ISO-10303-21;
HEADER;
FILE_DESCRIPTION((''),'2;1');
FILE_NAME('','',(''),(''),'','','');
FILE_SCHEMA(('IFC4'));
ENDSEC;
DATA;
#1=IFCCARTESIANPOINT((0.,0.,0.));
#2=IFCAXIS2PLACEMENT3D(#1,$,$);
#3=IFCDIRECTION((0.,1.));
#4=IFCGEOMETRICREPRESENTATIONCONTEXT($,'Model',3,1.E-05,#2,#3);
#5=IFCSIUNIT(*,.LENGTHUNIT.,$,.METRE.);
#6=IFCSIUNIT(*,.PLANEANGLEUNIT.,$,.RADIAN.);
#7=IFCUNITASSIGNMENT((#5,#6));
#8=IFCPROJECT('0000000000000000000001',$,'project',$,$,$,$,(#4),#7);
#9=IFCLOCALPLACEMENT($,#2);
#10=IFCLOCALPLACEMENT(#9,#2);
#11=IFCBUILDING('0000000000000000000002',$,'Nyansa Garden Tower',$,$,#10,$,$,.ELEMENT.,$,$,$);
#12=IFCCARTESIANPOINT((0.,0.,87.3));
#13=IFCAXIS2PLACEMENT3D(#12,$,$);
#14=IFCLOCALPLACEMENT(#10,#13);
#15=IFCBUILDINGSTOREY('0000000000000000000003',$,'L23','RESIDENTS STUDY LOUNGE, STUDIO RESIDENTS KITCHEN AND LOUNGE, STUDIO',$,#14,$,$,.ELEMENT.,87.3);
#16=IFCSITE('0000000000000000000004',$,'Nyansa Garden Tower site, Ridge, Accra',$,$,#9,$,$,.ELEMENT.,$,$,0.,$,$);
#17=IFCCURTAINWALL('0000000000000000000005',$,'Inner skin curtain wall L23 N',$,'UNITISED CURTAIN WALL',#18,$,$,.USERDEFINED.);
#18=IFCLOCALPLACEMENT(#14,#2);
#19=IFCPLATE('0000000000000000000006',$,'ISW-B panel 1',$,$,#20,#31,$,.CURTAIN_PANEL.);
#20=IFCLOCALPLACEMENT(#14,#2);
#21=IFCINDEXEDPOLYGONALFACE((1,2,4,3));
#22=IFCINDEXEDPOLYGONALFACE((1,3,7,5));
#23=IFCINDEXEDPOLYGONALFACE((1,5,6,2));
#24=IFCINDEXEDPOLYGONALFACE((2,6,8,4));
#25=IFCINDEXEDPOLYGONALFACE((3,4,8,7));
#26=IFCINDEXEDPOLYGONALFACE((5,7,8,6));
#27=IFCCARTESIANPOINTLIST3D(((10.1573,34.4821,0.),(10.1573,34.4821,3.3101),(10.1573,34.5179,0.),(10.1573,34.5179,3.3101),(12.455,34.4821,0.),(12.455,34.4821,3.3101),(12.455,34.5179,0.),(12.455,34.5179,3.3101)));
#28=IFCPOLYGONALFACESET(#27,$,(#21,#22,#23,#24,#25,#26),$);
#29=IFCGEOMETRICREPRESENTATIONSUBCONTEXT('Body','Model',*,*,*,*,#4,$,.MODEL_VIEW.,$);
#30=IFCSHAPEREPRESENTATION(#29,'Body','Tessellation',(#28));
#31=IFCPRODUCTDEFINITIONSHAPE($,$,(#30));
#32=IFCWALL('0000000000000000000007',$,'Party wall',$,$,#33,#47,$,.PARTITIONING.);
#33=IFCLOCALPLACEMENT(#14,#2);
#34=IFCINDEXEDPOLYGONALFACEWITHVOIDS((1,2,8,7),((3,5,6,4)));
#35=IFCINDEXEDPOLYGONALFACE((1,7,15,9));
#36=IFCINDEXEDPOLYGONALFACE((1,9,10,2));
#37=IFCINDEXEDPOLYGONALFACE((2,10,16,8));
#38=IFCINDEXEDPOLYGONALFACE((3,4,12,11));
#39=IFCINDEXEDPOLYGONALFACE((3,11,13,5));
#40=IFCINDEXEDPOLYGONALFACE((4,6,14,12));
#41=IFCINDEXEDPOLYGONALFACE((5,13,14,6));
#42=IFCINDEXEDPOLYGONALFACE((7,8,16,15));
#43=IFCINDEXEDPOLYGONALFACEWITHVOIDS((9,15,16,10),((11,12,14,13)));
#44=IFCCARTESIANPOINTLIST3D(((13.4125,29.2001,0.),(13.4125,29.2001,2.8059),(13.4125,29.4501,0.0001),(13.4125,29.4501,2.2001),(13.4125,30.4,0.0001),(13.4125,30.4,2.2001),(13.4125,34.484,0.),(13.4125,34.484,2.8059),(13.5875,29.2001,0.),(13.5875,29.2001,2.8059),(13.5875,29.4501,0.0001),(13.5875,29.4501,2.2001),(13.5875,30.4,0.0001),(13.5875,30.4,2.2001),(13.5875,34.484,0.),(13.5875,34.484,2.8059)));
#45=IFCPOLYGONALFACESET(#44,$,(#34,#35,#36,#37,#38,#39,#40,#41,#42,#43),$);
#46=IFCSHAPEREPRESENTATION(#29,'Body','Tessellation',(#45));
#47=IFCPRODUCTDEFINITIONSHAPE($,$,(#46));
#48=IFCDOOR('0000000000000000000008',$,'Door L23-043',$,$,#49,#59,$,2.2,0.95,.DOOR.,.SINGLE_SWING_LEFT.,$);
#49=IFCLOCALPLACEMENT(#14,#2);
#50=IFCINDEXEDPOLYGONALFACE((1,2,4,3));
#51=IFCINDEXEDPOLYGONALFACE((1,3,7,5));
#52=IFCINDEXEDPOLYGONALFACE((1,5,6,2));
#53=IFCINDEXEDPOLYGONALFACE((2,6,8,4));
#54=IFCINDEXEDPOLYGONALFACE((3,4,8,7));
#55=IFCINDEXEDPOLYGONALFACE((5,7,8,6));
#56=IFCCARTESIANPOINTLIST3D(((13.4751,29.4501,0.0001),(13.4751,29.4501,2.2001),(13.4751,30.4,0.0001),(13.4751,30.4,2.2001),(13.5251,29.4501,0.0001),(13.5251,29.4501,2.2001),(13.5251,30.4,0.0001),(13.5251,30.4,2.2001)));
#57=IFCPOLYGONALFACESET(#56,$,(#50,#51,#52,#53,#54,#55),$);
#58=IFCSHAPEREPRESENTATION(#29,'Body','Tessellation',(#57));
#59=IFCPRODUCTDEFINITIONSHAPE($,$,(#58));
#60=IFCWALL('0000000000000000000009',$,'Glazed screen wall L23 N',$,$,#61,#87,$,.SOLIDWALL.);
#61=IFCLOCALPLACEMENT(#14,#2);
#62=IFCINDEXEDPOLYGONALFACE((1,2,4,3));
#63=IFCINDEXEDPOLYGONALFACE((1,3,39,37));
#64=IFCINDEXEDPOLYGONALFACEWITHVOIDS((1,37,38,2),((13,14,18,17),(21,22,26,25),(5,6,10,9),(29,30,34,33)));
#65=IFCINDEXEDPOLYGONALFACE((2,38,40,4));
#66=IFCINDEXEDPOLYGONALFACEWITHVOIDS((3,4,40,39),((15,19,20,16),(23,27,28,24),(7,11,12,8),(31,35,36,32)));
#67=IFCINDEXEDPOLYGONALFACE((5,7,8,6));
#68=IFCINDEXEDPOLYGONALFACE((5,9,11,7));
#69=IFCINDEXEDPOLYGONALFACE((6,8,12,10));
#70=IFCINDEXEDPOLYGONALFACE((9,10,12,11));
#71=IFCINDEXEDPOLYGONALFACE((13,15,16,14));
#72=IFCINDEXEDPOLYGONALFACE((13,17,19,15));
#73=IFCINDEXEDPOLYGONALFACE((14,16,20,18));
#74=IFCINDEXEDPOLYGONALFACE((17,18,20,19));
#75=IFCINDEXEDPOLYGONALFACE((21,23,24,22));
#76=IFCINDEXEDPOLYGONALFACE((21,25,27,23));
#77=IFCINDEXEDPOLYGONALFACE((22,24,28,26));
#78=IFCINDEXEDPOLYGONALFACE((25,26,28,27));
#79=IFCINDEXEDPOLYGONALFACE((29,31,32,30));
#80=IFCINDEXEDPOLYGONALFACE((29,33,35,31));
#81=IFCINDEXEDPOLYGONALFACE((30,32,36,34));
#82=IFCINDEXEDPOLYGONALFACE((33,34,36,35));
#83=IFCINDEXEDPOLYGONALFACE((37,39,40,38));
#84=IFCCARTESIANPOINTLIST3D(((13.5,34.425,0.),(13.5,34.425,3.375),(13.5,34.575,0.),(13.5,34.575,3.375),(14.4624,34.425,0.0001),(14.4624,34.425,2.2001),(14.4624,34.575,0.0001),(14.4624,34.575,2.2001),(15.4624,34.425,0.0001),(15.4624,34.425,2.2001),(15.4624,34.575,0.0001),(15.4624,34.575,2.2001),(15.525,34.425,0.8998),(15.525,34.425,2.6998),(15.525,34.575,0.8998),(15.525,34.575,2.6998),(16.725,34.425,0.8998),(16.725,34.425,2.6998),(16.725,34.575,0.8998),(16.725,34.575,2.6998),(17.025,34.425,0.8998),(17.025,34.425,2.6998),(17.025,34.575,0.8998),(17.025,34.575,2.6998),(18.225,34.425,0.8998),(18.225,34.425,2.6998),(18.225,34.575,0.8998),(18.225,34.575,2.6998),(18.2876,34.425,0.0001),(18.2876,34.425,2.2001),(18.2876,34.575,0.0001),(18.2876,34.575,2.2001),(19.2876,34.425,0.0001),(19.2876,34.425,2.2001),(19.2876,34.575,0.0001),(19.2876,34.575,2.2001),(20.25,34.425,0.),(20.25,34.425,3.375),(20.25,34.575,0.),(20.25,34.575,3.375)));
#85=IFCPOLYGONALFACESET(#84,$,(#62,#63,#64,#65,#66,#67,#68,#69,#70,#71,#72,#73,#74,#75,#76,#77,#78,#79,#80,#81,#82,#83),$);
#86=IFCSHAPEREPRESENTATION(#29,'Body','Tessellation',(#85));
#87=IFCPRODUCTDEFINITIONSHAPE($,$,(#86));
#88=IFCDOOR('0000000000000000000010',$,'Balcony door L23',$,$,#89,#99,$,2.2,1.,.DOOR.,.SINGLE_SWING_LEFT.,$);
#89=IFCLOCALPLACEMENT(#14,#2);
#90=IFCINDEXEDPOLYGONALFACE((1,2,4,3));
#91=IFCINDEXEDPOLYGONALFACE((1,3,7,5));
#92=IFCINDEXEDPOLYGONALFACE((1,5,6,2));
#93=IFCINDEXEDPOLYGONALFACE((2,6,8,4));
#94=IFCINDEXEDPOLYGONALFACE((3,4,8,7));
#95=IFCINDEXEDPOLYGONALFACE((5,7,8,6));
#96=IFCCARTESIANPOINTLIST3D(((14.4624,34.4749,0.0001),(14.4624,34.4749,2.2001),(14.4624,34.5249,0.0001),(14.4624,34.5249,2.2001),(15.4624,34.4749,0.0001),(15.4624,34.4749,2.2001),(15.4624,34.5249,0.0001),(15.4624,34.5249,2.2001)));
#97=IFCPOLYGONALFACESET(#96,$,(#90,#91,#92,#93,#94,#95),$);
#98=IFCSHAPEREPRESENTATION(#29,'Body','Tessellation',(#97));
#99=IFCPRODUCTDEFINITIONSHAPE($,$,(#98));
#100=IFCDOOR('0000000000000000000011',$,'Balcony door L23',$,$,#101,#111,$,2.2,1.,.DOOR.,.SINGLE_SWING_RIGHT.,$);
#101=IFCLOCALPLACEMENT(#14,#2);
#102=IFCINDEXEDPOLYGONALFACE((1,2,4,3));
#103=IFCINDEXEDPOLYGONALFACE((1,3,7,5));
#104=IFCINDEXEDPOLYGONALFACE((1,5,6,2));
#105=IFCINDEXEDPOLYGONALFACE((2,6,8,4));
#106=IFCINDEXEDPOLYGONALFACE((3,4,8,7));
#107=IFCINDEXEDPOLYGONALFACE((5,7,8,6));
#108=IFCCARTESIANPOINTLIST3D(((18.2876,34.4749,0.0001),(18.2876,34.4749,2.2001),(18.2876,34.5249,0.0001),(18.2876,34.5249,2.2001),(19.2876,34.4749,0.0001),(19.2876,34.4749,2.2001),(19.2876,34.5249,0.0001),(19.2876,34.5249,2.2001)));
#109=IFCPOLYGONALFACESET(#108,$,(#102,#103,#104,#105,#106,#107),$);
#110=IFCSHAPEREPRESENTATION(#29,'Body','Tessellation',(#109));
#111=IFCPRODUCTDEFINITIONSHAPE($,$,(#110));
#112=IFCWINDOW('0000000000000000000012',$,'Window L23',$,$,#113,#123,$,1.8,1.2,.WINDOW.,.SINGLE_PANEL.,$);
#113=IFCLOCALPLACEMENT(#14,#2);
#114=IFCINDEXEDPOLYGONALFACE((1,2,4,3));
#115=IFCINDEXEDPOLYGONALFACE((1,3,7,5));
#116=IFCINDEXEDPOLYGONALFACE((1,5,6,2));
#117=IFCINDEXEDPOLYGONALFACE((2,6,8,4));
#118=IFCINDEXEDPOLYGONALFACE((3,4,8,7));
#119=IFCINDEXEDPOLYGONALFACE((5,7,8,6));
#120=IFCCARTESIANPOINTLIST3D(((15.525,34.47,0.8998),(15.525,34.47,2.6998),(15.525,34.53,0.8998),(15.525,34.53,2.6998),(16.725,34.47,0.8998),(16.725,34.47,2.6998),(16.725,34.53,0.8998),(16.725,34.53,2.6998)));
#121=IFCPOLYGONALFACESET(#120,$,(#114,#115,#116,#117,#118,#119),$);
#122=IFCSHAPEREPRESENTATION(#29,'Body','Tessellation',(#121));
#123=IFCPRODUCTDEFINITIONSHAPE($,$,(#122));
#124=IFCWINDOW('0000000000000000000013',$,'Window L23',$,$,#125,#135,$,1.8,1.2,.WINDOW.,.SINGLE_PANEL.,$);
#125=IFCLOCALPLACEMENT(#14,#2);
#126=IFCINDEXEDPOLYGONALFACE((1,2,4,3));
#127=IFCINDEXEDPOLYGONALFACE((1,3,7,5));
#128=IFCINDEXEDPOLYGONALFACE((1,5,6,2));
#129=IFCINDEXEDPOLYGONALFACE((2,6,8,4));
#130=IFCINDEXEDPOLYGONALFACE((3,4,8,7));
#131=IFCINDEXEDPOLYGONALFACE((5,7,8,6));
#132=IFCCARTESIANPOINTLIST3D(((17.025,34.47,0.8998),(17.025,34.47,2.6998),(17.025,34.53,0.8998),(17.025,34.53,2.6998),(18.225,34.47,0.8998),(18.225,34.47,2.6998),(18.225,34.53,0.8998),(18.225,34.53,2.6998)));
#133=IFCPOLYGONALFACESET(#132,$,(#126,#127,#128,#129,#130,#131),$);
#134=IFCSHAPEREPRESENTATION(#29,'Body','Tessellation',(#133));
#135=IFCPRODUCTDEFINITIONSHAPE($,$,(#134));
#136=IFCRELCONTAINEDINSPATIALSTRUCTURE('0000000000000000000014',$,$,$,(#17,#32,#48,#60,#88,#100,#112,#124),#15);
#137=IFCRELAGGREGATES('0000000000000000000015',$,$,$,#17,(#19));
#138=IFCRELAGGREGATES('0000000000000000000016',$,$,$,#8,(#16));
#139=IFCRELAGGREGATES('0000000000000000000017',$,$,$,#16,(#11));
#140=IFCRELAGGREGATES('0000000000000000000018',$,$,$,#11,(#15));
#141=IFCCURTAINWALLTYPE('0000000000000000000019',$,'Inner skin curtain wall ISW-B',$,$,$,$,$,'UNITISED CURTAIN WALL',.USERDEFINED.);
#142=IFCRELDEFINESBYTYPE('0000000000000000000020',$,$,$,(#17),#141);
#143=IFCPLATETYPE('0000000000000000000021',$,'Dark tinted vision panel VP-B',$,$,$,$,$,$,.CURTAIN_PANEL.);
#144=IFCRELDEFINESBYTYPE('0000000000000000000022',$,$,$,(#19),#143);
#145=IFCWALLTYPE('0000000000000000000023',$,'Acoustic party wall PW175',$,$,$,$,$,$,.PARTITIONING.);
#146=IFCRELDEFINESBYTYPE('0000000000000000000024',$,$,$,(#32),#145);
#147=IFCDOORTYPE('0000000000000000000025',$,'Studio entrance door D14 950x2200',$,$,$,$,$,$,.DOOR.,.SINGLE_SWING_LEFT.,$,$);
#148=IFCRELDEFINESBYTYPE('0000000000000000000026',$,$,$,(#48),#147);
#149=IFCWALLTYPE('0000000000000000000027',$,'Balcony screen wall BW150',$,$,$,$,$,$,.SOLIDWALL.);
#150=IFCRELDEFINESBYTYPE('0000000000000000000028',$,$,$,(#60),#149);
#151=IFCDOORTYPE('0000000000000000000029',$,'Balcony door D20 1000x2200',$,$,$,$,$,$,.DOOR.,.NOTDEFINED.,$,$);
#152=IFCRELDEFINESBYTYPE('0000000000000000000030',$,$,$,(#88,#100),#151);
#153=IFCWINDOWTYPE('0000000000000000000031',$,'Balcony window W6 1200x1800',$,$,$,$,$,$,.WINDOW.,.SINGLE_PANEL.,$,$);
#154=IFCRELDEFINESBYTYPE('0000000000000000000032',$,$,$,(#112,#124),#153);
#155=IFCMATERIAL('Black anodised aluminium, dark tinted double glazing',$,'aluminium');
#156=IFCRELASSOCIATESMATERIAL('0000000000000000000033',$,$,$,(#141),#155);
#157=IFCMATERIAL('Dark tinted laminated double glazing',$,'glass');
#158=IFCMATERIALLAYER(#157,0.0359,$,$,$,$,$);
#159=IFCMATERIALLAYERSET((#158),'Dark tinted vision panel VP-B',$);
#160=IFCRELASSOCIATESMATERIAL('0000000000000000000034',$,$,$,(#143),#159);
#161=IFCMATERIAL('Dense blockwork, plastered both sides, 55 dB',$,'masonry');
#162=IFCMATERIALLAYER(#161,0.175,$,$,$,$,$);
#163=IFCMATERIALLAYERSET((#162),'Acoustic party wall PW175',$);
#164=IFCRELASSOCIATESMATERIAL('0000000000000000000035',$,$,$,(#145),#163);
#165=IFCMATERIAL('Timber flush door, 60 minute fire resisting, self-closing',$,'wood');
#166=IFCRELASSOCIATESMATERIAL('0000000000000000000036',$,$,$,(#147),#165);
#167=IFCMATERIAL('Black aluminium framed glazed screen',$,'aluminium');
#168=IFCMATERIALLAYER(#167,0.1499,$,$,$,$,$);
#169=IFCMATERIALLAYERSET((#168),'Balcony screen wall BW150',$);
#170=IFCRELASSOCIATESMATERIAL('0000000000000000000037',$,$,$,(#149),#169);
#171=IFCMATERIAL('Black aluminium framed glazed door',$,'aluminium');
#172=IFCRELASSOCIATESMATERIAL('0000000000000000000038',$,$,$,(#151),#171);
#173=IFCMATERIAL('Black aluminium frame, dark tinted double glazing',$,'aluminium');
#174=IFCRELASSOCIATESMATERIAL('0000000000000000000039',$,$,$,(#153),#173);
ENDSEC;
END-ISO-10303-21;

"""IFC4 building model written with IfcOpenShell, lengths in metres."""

from ifc_helpers import new_model, si_unit, direction, frame, frame_2d, origin, origin_2d, place, context, subcontext, project, spatial, rectangle, extrude, material, layer, layer_set, type_object, element, fill, aggregate, save


model = new_model("IFC4")

# Units and contexts
model_context = context("Model", 3, precision=1e-05, world=origin(), true_north=direction((0.0, 1.0)))
body_context = subcontext(model_context, "Body", "Model", "MODEL_VIEW")
ifc_project = project(units=[si_unit("LENGTHUNIT", "METRE"), si_unit("PLANEANGLEUNIT", "RADIAN")], contexts=[model_context])

# Site, building, storey
site_placement = place(None, origin())
site = spatial("IfcSite", under=ifc_project, at=site_placement, Name="Nyansa Garden Tower site, Ridge, Accra", CompositionType="ELEMENT", RefElevation=0.0)
building_placement = place(site_placement, origin())
building = spatial("IfcBuilding", under=site, at=building_placement, Name="Nyansa Garden Tower", CompositionType="ELEMENT")
storey_placement = place(building_placement, frame((0.0, 0.0, 87.3)))
storey = spatial("IfcBuildingStorey", under=building, at=storey_placement, Name="L23", Description="RESIDENTS STUDY LOUNGE, STUDIO RESIDENTS KITCHEN AND LOUNGE, STUDIO", CompositionType="ELEMENT", Elevation=87.3)

# Curtain wall
ifc_material_1 = material(Name="Black anodised aluminium, dark tinted double glazing", Category="aluminium")
curtain_wall_type = type_object("IfcCurtainWallType", Name="Inner skin curtain wall ISW-B", ElementType="UNITISED CURTAIN WALL", PredefinedType="USERDEFINED", material=ifc_material_1)
curtain_wall_placement = place(storey_placement, origin())
curtain_wall = element("IfcCurtainWall", 1, at=curtain_wall_placement, inside=storey, type_object=curtain_wall_type, Name="Inner skin curtain wall L23 N", ObjectType="UNITISED CURTAIN WALL", PredefinedType="USERDEFINED")

# Plate
ifc_material_2 = material(Name="Dark tinted laminated double glazing", Category="glass")
ifc_layer_1 = layer(ifc_material_2, 0.0359)
ifc_layer_set_1 = layer_set([ifc_layer_1], Name="Dark tinted vision panel VP-B")
plate_type = type_object("IfcPlateType", Name="Dark tinted vision panel VP-B", PredefinedType="CURTAIN_PANEL", material=ifc_layer_set_1)
plate_placement = place(storey_placement, frame((11.3062, 34.5, 0.0), z_axis=(0.0, 0.0, 1.0), x_axis=(-1.0, 0.0, 0.0)))
plate = element("IfcPlate", 2, at=plate_placement, type_object=plate_type, Name="ISW-B panel 1", PredefinedType="CURTAIN_PANEL", context=body_context, shape_type="SweptSolid", body=[
    extrude(rectangle(XDim=2.2976, YDim=0.0359, at=origin_2d()), origin(), (0.0, 0.0, 1.0), 3.3101),
])
aggregate(curtain_wall, [plate])

# Wall, opening, door
ifc_material_3 = material(Name="Dense blockwork, plastered both sides, 55 dB", Category="masonry")
ifc_layer_2 = layer(ifc_material_3, 0.175)
ifc_layer_set_2 = layer_set([ifc_layer_2], Name="Acoustic party wall PW175")
wall_type_1 = type_object("IfcWallType", Name="Acoustic party wall PW175", PredefinedType="PARTITIONING", material=ifc_layer_set_2)
wall_1_placement = place(storey_placement, frame((13.5, 29.2, 0.0), z_axis=(0.0, 0.0, 1.0), x_axis=(0.0, 1.0, 0.0)))
wall_1 = element("IfcWall", 3, at=wall_1_placement, inside=storey, type_object=wall_type_1, Name="Party wall", PredefinedType="PARTITIONING", context=body_context, shape_type="SweptSolid", body=[
    extrude(rectangle(XDim=5.2839, YDim=0.175, at=frame_2d((2.6421, 0.0))), origin(), (0.0, 0.0, 1.0), 2.8059),
])
opening_1_placement = place(wall_1_placement, frame((0.25, 0.0, 0.0)))
opening_1 = element("IfcOpeningElement", 4, at=opening_1_placement, cuts=wall_1, PredefinedType="OPENING", context=body_context, shape_type="SweptSolid", body=[
    extrude(rectangle(XDim=0.95, YDim=2.2, at=frame_2d((0.4751, 1.1001))), frame((0.0, 0.0974, 0.0), z_axis=(0.0, -1.0, 0.0), x_axis=(1.0, 0.0, 0.0)), (0.0, 0.0, 1.0), 0.1951),
])
ifc_material_4 = material(Name="Timber flush door, 60 minute fire resisting, self-closing", Category="wood")
door_type_1 = type_object("IfcDoorType", Name="Studio entrance door D14 950x2200", OperationType="SINGLE_SWING_LEFT", PredefinedType="DOOR", material=ifc_material_4)
door_1_placement = place(opening_1_placement, origin())
door_1 = element("IfcDoor", 5, at=door_1_placement, inside=storey, type_object=door_type_1, Name="Door L23-043", OperationType="SINGLE_SWING_LEFT", OverallHeight=2.2, OverallWidth=0.95, PredefinedType="DOOR", context=body_context, shape_type="SweptSolid", body=[
    extrude(rectangle(XDim=0.95, YDim=2.2, at=frame_2d((0.4751, 1.1001))), frame((0.0, 0.0249, 0.0), z_axis=(0.0, -1.0, 0.0), x_axis=(1.0, 0.0, 0.0)), (0.0, 0.0, 1.0), 0.05),
])
fill(opening_1, door_1)

# Wall, openings, doors, windows
ifc_material_5 = material(Name="Black aluminium framed glazed screen", Category="aluminium")
ifc_layer_3 = layer(ifc_material_5, 0.1499)
ifc_layer_set_3 = layer_set([ifc_layer_3], Name="Balcony screen wall BW150")
wall_type_2 = type_object("IfcWallType", Name="Balcony screen wall BW150", PredefinedType="SOLIDWALL", material=ifc_layer_set_3)
wall_2_placement = place(storey_placement, frame((13.5, 34.5, 0.0), z_axis=(0.0, 0.0, 1.0), x_axis=(1.0, 0.0, 0.0)))
wall_2 = element("IfcWall", 6, at=wall_2_placement, inside=storey, type_object=wall_type_2, Name="Glazed screen wall L23 N", PredefinedType="SOLIDWALL", context=body_context, shape_type="SweptSolid", body=[
    extrude(rectangle(XDim=6.75, YDim=0.1499, at=frame_2d((3.375, 0.0))), origin(), (0.0, 0.0, 1.0), 3.375),
])
opening_2_placement = place(wall_2_placement, frame((0.9624, 0.0, 0.0)))
opening_2 = element("IfcOpeningElement", 7, at=opening_2_placement, cuts=wall_2, PredefinedType="OPENING", context=body_context, shape_type="SweptSolid", body=[
    extrude(rectangle(XDim=1.0, YDim=2.2, at=frame_2d((0.5, 1.1001))), frame((0.0, 0.085, 0.0), z_axis=(0.0, -1.0, 0.0), x_axis=(1.0, 0.0, 0.0)), (0.0, 0.0, 1.0), 0.1699),
])
opening_3_placement = place(wall_2_placement, frame((2.0249, 0.0, 0.8999)))
opening_3 = element("IfcOpeningElement", 8, at=opening_3_placement, cuts=wall_2, PredefinedType="OPENING", context=body_context, shape_type="SweptSolid", body=[
    extrude(rectangle(XDim=1.2, YDim=1.8, at=frame_2d((0.6001, 0.8999))), frame((0.0, 0.085, 0.0), z_axis=(0.0, -1.0, 0.0), x_axis=(1.0, 0.0, 0.0)), (0.0, 0.0, 1.0), 0.1699),
])
opening_4_placement = place(wall_2_placement, frame((4.7876, 0.0, 0.0)))
opening_4 = element("IfcOpeningElement", 9, at=opening_4_placement, cuts=wall_2, PredefinedType="OPENING", context=body_context, shape_type="SweptSolid", body=[
    extrude(rectangle(XDim=1.0, YDim=2.2, at=frame_2d((0.5, 1.1001))), frame((0.0, 0.085, 0.0), z_axis=(0.0, -1.0, 0.0), x_axis=(1.0, 0.0, 0.0)), (0.0, 0.0, 1.0), 0.1699),
])
opening_5_placement = place(wall_2_placement, frame((3.5249, 0.0, 0.8999)))
opening_5 = element("IfcOpeningElement", 10, at=opening_5_placement, cuts=wall_2, PredefinedType="OPENING", context=body_context, shape_type="SweptSolid", body=[
    extrude(rectangle(XDim=1.2, YDim=1.8, at=frame_2d((0.6001, 0.8999))), frame((0.0, 0.085, 0.0), z_axis=(0.0, -1.0, 0.0), x_axis=(1.0, 0.0, 0.0)), (0.0, 0.0, 1.0), 0.1699),
])
ifc_material_6 = material(Name="Black aluminium framed glazed door", Category="aluminium")
door_type_2 = type_object("IfcDoorType", Name="Balcony door D20 1000x2200", OperationType="NOTDEFINED", PredefinedType="DOOR", material=ifc_material_6)
door_2_placement = place(opening_2_placement, origin())
door_2 = element("IfcDoor", 11, at=door_2_placement, inside=storey, type_object=door_type_2, Name="Balcony door L23", OperationType="SINGLE_SWING_LEFT", OverallHeight=2.2, OverallWidth=1.0, PredefinedType="DOOR", context=body_context, shape_type="SweptSolid", body=[
    extrude(rectangle(XDim=1.0, YDim=2.2, at=frame_2d((0.5, 1.1001))), frame((0.0, 0.0249, 0.0), z_axis=(0.0, -1.0, 0.0), x_axis=(1.0, 0.0, 0.0)), (0.0, 0.0, 1.0), 0.05),
])
fill(opening_2, door_2)
door_3_placement = place(opening_4_placement, origin())
door_3 = element("IfcDoor", 12, at=door_3_placement, inside=storey, type_object=door_type_2, Name="Balcony door L23", OperationType="SINGLE_SWING_RIGHT", OverallHeight=2.2, OverallWidth=1.0, PredefinedType="DOOR", context=body_context, shape_type="SweptSolid", body=[
    extrude(rectangle(XDim=1.0, YDim=2.2, at=frame_2d((0.5, 1.1001))), frame((0.0, 0.0249, 0.0), z_axis=(0.0, -1.0, 0.0), x_axis=(1.0, 0.0, 0.0)), (0.0, 0.0, 1.0), 0.05),
])
fill(opening_4, door_3)
ifc_material_7 = material(Name="Black aluminium frame, dark tinted double glazing", Category="aluminium")
window_type = type_object("IfcWindowType", Name="Balcony window W6 1200x1800", PartitioningType="SINGLE_PANEL", PredefinedType="WINDOW", material=ifc_material_7)
window_1_placement = place(opening_3_placement, origin())
window_1 = element("IfcWindow", 13, at=window_1_placement, inside=storey, type_object=window_type, Name="Window L23", OverallHeight=1.8, OverallWidth=1.2, PartitioningType="SINGLE_PANEL", PredefinedType="WINDOW", context=body_context, shape_type="SweptSolid", body=[
    extrude(rectangle(XDim=1.2, YDim=1.8, at=frame_2d((0.6001, 0.8999))), frame((0.0, 0.03, 0.0), z_axis=(0.0, -1.0, 0.0), x_axis=(1.0, 0.0, 0.0)), (0.0, 0.0, 1.0), 0.0601),
])
fill(opening_3, window_1)
window_2_placement = place(opening_5_placement, origin())
window_2 = element("IfcWindow", 14, at=window_2_placement, inside=storey, type_object=window_type, Name="Window L23", OverallHeight=1.8, OverallWidth=1.2, PartitioningType="SINGLE_PANEL", PredefinedType="WINDOW", context=body_context, shape_type="SweptSolid", body=[
    extrude(rectangle(XDim=1.2, YDim=1.8, at=frame_2d((0.6001, 0.8999))), frame((0.0, 0.03, 0.0), z_axis=(0.0, -1.0, 0.0), x_axis=(1.0, 0.0, 0.0)), (0.0, 0.0, 1.0), 0.0601),
])
fill(opening_5, window_2)

save(model, "model.ifc")
